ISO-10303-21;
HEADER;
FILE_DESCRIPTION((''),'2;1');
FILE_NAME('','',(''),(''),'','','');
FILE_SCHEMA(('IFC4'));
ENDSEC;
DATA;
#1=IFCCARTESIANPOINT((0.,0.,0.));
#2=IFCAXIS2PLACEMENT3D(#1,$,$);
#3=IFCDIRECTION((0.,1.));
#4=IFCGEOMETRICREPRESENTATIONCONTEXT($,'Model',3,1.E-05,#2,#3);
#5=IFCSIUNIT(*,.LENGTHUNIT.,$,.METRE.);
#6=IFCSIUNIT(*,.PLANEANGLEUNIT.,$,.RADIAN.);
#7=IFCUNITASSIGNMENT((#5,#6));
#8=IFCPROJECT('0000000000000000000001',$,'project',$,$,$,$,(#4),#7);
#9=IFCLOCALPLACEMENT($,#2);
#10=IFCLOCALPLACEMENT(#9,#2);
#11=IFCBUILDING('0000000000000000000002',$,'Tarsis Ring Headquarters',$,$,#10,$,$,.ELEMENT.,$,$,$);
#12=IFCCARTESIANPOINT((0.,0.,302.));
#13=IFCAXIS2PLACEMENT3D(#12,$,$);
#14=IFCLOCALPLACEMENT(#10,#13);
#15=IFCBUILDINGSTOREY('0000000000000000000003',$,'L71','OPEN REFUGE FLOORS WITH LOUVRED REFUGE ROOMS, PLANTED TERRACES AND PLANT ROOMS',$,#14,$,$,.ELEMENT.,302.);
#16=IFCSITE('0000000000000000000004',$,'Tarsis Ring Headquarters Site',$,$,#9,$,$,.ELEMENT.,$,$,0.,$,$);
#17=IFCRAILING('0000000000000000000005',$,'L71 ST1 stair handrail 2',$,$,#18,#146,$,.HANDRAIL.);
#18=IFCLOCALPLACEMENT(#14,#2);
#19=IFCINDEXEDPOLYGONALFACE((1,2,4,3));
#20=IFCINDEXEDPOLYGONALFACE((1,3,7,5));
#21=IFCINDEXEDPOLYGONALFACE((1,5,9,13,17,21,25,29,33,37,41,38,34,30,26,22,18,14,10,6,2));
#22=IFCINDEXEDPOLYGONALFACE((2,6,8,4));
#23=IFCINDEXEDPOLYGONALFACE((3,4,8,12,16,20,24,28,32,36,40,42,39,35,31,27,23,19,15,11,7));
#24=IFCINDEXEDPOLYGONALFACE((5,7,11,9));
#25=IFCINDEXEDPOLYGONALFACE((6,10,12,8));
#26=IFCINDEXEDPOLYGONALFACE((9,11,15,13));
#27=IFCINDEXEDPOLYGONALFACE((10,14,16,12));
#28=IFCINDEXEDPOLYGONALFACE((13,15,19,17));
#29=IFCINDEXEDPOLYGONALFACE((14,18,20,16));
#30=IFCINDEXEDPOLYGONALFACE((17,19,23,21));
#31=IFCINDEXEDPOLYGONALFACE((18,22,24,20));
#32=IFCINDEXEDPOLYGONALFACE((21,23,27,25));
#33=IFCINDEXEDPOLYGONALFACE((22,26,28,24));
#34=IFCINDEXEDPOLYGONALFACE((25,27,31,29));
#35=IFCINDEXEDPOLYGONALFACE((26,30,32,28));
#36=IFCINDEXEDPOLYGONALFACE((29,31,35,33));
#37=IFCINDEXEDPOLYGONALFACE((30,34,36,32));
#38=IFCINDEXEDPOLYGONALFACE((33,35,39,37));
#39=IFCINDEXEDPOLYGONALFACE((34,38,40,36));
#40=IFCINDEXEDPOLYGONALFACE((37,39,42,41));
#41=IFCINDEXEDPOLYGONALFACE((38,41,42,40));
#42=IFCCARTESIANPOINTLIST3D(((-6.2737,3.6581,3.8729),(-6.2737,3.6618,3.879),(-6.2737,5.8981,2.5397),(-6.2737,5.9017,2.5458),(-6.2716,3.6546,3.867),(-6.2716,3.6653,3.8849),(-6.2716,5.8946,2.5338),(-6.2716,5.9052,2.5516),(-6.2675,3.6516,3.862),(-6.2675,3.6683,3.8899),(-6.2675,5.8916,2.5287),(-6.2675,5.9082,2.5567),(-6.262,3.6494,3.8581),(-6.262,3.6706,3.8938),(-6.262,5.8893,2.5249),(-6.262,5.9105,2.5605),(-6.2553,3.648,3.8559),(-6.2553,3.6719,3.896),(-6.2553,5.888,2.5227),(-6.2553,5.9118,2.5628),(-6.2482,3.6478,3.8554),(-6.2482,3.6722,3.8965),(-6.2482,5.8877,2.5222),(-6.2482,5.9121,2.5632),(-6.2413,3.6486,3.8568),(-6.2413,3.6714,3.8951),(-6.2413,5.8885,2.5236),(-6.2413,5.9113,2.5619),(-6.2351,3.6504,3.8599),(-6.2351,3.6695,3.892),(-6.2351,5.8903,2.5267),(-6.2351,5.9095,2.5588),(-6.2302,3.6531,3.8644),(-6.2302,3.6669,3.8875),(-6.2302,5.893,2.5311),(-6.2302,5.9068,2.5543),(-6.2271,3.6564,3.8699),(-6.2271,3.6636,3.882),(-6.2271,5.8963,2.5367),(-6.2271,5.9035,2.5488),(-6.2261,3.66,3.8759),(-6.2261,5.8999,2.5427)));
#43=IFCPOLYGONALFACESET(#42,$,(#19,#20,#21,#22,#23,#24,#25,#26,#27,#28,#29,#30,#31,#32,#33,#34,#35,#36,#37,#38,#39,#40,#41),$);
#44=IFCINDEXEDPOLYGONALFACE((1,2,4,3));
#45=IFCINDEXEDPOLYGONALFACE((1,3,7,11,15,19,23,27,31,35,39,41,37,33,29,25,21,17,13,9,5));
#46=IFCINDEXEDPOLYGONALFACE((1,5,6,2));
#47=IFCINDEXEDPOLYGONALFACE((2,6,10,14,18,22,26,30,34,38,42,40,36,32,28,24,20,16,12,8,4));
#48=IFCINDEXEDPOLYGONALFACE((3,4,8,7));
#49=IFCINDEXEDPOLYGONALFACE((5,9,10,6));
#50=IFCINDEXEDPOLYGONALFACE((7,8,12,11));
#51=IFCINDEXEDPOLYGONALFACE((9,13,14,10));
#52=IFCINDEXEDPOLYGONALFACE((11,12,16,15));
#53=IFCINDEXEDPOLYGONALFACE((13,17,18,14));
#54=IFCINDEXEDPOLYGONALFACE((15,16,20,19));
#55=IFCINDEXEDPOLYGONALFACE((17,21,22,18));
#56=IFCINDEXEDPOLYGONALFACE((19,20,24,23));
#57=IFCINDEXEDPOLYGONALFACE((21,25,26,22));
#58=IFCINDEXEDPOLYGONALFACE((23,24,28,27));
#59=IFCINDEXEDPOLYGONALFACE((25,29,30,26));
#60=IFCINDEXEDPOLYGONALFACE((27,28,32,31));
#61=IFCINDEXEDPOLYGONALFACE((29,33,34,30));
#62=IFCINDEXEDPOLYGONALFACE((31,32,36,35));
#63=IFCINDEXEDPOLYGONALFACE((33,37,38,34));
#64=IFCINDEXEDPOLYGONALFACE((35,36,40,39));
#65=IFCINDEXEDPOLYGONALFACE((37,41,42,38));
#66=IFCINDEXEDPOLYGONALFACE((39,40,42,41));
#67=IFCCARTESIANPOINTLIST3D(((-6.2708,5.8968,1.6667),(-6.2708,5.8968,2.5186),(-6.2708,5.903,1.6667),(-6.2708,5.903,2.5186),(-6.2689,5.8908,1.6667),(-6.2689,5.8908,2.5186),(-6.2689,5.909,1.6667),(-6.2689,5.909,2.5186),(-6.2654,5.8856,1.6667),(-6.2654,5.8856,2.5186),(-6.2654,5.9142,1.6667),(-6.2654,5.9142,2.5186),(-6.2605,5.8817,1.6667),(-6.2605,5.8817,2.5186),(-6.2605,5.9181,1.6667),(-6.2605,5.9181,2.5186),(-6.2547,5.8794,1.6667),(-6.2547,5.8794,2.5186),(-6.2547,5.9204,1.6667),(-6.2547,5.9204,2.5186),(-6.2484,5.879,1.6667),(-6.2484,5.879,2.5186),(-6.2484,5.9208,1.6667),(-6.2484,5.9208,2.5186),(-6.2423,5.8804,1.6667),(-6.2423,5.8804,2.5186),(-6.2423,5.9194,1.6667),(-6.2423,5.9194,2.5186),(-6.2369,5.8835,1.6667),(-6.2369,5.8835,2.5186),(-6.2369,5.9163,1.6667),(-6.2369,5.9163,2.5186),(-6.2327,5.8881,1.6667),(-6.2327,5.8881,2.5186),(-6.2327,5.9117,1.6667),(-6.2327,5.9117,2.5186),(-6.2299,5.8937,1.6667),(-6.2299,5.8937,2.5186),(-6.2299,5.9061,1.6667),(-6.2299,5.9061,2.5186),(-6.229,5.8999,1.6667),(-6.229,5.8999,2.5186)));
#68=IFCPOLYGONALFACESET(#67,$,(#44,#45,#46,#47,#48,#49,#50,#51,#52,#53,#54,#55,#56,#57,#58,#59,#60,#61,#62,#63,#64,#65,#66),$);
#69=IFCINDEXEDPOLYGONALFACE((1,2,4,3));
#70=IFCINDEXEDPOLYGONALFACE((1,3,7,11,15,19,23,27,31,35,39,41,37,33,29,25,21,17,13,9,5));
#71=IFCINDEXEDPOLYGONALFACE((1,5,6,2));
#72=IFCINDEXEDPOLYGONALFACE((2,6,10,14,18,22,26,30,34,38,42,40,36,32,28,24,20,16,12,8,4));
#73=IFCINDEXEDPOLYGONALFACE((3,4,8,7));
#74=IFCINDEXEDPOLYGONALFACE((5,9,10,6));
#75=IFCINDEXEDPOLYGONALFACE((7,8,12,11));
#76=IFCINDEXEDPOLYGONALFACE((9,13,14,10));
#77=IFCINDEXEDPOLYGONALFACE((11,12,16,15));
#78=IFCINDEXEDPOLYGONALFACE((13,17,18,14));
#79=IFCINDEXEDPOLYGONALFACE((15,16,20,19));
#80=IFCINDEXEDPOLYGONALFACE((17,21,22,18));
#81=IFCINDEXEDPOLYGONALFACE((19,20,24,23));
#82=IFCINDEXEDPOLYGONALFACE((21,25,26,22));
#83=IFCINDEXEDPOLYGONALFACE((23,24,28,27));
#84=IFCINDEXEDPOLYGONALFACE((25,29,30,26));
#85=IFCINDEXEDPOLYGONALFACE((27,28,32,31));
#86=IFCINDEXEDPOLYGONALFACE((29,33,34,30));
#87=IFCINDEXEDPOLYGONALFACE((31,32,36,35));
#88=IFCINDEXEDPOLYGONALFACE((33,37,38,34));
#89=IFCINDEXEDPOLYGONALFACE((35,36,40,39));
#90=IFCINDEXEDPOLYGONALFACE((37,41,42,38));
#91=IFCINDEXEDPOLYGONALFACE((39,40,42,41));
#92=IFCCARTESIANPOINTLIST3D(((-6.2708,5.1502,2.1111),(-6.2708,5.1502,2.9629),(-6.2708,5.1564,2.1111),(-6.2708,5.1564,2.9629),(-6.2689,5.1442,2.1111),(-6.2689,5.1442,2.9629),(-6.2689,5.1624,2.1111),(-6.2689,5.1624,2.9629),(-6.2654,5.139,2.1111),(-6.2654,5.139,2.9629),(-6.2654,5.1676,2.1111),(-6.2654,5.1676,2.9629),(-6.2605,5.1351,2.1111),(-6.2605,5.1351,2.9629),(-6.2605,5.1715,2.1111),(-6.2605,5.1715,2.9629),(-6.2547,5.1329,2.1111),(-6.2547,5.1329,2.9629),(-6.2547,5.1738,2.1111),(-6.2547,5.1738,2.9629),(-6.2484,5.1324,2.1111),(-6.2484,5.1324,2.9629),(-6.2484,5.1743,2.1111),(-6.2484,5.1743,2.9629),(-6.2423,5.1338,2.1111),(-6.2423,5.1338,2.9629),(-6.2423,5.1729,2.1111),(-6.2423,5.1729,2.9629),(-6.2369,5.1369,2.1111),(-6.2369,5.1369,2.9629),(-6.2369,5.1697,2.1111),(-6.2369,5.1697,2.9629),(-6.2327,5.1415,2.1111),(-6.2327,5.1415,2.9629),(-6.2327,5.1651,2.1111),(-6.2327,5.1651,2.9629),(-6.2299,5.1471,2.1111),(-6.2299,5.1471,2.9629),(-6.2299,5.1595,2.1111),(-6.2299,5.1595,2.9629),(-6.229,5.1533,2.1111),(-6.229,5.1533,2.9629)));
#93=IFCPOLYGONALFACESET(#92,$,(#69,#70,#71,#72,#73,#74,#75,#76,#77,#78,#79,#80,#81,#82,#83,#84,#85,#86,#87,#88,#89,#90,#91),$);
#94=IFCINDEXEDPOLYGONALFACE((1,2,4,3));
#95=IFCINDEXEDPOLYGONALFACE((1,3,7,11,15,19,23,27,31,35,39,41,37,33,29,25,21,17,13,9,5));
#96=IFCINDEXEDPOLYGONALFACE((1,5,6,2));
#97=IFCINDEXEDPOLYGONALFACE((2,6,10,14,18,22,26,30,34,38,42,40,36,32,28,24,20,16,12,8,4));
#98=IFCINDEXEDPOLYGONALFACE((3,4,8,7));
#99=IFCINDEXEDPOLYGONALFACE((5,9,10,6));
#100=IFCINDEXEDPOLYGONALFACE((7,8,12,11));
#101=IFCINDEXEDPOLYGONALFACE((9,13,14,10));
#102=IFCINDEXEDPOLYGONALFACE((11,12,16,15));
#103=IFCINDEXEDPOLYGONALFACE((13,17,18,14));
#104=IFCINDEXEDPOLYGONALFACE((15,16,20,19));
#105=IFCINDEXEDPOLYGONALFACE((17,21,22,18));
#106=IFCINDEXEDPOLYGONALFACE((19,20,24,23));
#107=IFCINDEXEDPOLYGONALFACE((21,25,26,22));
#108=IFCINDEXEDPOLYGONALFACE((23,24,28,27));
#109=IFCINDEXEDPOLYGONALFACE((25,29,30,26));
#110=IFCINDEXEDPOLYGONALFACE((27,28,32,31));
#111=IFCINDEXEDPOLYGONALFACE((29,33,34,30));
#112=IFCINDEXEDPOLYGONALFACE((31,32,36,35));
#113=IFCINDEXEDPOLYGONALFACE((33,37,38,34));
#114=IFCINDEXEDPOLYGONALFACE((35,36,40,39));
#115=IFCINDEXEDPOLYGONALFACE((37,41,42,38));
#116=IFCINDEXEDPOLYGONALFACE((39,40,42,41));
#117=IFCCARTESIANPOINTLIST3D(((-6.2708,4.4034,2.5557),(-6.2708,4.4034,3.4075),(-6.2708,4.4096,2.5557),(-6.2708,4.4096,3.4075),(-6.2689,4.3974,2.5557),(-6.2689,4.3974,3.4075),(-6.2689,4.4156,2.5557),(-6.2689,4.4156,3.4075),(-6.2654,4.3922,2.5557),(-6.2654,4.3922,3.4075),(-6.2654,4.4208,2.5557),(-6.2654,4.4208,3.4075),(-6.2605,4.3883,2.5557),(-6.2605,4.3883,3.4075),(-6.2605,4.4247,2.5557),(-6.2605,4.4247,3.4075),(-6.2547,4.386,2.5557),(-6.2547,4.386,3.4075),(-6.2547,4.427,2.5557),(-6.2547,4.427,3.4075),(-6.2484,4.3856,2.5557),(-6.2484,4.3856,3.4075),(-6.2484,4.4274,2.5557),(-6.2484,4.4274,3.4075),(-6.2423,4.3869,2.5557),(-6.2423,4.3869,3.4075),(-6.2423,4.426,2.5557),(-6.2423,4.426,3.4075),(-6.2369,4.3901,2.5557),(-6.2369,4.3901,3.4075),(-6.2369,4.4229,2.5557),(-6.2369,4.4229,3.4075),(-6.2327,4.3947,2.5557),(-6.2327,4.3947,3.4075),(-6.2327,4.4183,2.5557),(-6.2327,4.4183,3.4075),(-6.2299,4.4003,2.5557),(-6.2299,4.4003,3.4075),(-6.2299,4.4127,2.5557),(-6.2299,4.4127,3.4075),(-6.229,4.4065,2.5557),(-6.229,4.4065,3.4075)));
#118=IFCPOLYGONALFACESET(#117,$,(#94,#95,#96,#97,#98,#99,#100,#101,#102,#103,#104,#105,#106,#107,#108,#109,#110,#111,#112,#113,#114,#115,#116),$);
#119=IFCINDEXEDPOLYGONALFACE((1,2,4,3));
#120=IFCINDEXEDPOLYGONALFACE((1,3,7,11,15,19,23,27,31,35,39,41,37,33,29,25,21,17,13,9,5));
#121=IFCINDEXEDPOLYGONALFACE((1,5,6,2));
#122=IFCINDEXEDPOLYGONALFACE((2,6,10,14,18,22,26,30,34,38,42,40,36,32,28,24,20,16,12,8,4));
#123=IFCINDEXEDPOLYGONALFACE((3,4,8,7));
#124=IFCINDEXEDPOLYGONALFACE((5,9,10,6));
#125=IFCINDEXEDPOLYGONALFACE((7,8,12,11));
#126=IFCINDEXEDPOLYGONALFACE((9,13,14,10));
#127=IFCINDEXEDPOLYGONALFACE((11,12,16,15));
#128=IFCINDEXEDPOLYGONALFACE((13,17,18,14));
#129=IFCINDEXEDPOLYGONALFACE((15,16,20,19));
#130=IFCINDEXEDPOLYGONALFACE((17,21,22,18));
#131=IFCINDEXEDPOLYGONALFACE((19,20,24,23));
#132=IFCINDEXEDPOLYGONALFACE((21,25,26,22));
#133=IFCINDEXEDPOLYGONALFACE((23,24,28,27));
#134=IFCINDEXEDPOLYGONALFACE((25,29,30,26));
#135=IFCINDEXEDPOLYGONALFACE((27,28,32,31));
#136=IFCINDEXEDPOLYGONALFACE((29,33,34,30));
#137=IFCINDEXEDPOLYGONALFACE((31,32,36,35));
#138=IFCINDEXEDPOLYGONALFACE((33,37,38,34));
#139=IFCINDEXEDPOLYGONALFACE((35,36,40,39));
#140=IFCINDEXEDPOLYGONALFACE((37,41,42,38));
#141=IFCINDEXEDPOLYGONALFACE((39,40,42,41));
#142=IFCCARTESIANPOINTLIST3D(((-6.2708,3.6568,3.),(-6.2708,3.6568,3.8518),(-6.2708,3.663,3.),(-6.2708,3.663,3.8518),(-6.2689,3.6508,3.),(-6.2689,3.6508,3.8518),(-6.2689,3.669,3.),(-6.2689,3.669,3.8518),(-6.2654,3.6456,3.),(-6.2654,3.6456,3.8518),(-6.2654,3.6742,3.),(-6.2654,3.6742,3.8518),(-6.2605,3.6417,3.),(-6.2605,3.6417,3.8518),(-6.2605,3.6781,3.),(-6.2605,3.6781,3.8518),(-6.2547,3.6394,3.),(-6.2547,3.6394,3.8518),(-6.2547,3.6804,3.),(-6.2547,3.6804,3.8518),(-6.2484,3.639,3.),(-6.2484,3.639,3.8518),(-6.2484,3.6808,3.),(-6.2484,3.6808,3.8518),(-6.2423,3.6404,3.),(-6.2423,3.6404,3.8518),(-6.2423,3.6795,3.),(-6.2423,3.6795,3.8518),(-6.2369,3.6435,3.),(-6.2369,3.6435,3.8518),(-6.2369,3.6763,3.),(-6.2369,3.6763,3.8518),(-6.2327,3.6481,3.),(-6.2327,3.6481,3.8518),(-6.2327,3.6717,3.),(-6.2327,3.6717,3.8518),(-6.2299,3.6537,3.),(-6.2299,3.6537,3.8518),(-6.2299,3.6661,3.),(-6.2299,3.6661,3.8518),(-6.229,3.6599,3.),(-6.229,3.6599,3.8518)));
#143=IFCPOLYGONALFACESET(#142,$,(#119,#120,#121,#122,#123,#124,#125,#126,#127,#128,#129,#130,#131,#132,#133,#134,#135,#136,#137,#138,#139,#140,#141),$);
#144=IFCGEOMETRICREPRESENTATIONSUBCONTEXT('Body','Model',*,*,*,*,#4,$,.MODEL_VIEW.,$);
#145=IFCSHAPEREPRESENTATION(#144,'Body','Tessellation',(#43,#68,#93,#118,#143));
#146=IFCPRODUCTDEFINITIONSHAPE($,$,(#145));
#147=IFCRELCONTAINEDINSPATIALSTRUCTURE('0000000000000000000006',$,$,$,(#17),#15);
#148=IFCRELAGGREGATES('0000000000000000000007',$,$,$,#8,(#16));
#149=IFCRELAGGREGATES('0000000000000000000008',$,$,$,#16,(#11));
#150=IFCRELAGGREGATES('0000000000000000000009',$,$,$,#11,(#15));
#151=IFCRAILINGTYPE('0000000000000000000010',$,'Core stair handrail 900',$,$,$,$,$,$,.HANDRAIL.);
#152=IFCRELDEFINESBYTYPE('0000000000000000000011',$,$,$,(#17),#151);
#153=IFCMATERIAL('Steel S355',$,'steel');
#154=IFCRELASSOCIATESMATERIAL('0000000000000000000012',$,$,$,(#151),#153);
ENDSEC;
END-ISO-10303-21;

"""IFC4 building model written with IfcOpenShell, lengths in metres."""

from ifc_helpers import new_model, si_unit, direction, frame, origin, origin_2d, place, context, subcontext, project, spatial, circle, extrude, material, type_object, element, save


model = new_model("IFC4")

# Units and contexts
model_context = context("Model", 3, precision=1e-05, world=origin(), true_north=direction((0.0, 1.0)))
body_context = subcontext(model_context, "Body", "Model", "MODEL_VIEW")
ifc_project = project(units=[si_unit("LENGTHUNIT", "METRE"), si_unit("PLANEANGLEUNIT", "RADIAN")], contexts=[model_context])

# Site, building, storey
site_placement = place(None, origin())
site = spatial("IfcSite", under=ifc_project, at=site_placement, Name="Tarsis Ring Headquarters Site", CompositionType="ELEMENT", RefElevation=0.0)
building_placement = place(site_placement, origin())
building = spatial("IfcBuilding", under=site, at=building_placement, Name="Tarsis Ring Headquarters", CompositionType="ELEMENT")
storey_placement = place(building_placement, frame((0.0, 0.0, 302.0)))
storey = spatial("IfcBuildingStorey", under=building, at=storey_placement, Name="L71", Description="OPEN REFUGE FLOORS WITH LOUVRED REFUGE ROOMS, PLANTED TERRACES AND PLANT ROOMS", CompositionType="ELEMENT", Elevation=302.0)

# Shared definitions
ifc_material_1 = material(Name="Steel S355", Category="steel")

# Railing
railing_type_1 = type_object("IfcRailingType", Name="Core stair handrail 900", PredefinedType="HANDRAIL", material=ifc_material_1)
for number, where, name in (
    (1, (-6.25, 5.8999, 1.6667), "L71 ST1 stair handrail 2"),
):
    element("IfcRailing", number, at=place(storey_placement, frame(where)), inside=storey, type_object=railing_type_1, Name=name, PredefinedType="HANDRAIL", context=body_context, shape_type="SweptSolid", body=[
        extrude(circle(Radius=0.0239, at=origin_2d()), frame((0.0, 0.0, 0.876), z_axis=(0.0, -0.859306, 0.511462), x_axis=(1.0, 0.0, 0.0)), (0.0, 0.0, 1.0), 2.6067),
        extrude(circle(Radius=0.021, at=origin_2d()), origin(), (0.0, 0.0, 1.0), 0.8518),
        extrude(circle(Radius=0.021, at=origin_2d()), frame((0.0, -0.7466, 0.4443)), (0.0, 0.0, 1.0), 0.8518),
        extrude(circle(Radius=0.021, at=origin_2d()), frame((0.0, -1.4934, 0.8889)), (0.0, 0.0, 1.0), 0.8518),
        extrude(circle(Radius=0.021, at=origin_2d()), frame((0.0, -2.24, 1.3333)), (0.0, 0.0, 1.0), 0.8518),
    ])

save(model, "model.ifc")
